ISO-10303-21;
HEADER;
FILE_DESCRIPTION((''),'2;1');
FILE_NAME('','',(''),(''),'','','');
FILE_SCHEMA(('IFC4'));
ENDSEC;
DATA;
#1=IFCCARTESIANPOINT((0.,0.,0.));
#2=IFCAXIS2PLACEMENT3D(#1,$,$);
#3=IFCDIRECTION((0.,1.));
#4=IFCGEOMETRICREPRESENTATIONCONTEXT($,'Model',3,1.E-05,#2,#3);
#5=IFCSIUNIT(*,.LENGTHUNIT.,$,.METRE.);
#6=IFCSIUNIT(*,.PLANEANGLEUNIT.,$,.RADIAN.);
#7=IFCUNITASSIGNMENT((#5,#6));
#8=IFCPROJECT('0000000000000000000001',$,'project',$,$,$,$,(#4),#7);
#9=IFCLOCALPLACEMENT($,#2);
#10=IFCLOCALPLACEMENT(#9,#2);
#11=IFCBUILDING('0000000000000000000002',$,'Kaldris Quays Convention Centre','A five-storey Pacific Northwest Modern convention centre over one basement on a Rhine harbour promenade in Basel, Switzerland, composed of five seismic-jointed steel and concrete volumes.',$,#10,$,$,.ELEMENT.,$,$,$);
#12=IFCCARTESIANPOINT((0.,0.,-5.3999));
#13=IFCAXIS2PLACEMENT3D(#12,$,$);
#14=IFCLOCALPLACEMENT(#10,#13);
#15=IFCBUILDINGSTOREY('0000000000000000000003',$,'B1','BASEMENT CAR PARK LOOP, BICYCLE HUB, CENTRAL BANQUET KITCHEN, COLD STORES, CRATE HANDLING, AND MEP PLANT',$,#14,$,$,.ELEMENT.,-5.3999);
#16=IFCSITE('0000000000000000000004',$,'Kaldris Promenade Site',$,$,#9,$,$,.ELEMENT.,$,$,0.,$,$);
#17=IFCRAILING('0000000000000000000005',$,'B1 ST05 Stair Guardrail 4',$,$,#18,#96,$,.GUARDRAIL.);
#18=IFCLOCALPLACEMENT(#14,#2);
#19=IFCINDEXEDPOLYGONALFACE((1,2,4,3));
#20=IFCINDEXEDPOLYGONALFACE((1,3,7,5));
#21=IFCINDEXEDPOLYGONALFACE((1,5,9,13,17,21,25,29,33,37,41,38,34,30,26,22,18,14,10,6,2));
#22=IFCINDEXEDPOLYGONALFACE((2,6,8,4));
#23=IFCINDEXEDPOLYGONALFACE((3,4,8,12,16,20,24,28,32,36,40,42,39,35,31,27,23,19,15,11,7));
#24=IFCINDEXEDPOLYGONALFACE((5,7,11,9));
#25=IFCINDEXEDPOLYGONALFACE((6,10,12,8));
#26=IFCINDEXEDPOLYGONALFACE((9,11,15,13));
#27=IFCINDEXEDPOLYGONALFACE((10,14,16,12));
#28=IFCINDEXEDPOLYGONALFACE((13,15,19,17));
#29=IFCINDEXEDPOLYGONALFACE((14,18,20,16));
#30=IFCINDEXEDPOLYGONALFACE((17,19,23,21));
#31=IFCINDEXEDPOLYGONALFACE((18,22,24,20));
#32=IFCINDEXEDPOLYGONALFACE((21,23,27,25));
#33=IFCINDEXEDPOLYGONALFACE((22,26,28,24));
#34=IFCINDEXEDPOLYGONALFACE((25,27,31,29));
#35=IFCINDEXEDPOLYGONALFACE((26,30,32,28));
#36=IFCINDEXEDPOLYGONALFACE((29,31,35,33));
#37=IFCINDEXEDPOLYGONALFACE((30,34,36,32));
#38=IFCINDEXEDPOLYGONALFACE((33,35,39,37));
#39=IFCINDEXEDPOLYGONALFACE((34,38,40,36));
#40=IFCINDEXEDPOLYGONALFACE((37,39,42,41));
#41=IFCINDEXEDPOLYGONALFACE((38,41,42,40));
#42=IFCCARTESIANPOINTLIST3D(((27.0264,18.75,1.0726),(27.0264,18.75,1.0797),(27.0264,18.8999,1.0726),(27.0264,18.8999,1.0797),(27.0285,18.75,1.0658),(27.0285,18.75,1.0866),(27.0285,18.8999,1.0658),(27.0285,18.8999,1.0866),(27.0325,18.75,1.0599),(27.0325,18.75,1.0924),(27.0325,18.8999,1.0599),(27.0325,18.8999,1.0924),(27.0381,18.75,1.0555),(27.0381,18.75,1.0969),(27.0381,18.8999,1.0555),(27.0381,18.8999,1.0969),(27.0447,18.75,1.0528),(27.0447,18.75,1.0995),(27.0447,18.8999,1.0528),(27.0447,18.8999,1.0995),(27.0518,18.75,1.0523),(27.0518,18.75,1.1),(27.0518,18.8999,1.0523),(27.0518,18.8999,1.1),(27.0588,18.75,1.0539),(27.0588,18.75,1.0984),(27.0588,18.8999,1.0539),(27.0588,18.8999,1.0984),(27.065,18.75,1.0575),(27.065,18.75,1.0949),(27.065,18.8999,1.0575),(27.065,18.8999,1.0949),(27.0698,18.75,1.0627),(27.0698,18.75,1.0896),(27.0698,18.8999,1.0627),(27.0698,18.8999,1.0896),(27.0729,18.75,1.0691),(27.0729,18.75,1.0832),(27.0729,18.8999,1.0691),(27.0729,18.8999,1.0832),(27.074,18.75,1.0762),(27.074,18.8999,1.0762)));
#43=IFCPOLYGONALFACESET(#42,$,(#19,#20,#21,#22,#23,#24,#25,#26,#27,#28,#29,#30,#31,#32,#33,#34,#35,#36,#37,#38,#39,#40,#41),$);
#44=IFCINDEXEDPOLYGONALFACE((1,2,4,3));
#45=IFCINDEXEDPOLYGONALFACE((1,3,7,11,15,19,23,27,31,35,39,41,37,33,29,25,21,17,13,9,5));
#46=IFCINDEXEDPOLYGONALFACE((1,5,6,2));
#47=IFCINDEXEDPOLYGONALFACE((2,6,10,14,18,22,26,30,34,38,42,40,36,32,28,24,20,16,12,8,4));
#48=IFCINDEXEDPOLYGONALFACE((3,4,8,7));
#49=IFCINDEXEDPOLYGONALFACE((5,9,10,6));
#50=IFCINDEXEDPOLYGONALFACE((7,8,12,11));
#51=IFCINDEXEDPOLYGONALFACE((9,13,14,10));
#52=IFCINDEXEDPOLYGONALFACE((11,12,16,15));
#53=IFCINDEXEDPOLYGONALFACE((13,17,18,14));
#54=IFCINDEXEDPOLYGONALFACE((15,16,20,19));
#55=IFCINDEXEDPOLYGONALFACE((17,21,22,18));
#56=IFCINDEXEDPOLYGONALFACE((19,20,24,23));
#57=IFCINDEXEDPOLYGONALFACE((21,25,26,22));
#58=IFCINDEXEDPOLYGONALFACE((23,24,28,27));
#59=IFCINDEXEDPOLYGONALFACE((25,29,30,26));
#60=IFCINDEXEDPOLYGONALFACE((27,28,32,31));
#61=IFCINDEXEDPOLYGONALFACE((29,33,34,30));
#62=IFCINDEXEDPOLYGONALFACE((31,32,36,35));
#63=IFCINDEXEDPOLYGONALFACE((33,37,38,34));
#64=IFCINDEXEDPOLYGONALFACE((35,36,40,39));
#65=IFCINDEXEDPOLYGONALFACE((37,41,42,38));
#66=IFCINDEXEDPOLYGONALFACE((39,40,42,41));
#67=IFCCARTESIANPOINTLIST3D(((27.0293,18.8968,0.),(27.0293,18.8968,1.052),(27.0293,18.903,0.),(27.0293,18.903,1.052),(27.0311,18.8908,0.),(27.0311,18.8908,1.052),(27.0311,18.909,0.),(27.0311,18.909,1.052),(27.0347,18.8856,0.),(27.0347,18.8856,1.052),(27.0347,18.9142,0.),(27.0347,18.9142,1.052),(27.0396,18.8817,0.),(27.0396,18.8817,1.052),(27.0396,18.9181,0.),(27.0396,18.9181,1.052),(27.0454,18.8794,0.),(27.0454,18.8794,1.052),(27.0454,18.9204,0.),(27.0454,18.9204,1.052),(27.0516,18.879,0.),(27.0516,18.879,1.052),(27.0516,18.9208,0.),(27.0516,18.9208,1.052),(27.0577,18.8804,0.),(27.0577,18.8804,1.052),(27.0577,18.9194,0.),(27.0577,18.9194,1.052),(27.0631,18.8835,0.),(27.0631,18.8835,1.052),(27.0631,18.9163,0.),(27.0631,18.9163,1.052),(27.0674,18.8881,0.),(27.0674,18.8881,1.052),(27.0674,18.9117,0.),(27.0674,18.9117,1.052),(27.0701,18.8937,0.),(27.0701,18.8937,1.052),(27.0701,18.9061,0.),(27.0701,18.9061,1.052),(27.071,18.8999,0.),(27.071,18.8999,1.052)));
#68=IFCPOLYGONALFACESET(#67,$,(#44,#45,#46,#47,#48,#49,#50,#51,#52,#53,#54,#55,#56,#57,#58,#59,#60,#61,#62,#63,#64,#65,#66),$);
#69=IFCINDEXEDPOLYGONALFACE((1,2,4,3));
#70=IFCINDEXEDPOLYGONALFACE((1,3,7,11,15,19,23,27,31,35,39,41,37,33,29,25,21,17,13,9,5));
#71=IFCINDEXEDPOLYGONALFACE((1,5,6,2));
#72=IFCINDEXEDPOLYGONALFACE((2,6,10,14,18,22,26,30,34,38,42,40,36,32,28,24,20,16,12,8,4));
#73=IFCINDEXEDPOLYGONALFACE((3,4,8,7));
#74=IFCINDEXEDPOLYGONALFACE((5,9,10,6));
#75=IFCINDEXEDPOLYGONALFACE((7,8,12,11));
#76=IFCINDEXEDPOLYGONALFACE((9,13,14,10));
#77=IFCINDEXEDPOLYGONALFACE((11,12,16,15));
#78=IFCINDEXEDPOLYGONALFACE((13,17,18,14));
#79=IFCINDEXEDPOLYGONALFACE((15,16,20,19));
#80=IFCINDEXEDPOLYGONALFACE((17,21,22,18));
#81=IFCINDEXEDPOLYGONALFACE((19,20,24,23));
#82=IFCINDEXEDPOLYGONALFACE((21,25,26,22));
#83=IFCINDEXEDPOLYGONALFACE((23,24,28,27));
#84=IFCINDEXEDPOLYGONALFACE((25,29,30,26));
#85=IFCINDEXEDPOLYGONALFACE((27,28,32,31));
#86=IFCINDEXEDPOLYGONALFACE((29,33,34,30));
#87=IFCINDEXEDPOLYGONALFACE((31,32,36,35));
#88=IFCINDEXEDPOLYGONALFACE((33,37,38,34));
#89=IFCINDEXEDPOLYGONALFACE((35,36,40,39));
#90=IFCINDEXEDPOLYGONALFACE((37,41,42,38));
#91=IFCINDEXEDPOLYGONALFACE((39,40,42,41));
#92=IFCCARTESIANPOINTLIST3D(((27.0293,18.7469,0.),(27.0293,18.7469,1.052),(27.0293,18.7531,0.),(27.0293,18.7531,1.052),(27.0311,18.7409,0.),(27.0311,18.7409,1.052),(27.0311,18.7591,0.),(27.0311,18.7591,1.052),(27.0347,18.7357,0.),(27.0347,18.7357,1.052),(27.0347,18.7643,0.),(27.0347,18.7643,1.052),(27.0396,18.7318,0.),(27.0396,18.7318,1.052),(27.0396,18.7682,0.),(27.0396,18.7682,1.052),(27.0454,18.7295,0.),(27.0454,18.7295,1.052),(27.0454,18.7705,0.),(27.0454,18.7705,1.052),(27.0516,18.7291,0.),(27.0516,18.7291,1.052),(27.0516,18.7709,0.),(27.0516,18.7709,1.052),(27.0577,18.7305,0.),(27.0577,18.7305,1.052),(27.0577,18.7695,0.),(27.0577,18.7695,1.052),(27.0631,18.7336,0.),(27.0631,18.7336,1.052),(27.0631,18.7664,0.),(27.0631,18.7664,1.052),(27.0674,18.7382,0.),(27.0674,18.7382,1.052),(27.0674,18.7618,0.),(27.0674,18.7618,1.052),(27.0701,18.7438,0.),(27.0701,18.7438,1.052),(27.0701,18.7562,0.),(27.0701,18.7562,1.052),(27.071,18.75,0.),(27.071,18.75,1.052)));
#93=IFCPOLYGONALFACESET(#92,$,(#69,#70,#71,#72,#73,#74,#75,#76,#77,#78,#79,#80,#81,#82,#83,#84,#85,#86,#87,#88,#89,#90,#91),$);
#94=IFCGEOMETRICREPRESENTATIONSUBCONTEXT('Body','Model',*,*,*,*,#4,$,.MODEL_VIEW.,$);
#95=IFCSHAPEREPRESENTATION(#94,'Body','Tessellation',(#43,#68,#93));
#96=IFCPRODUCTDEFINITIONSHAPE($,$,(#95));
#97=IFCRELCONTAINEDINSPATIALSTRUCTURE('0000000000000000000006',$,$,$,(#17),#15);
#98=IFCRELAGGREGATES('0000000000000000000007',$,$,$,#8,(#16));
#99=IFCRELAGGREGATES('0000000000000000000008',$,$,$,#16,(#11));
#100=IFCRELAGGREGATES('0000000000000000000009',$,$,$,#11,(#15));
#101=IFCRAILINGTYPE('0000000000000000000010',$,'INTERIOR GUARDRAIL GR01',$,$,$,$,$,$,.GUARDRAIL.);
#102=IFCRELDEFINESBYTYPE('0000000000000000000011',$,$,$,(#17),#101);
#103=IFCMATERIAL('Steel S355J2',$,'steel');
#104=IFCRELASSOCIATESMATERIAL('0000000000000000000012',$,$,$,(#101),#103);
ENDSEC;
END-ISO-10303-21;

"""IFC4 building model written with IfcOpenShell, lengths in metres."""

from ifc_helpers import new_model, si_unit, direction, frame, origin, origin_2d, place, context, subcontext, project, spatial, circle, extrude, material, type_object, element, save


model = new_model("IFC4")

# Units and contexts
model_context = context("Model", 3, precision=1e-05, world=origin(), true_north=direction((0.0, 1.0)))
body_context = subcontext(model_context, "Body", "Model", "MODEL_VIEW")
ifc_project = project(units=[si_unit("LENGTHUNIT", "METRE"), si_unit("PLANEANGLEUNIT", "RADIAN")], contexts=[model_context])

# Site, building, storey
site_placement = place(None, origin())
site = spatial("IfcSite", under=ifc_project, at=site_placement, Name="Kaldris Promenade Site", CompositionType="ELEMENT", RefElevation=0.0)
building_placement = place(site_placement, origin())
building = spatial("IfcBuilding", under=site, at=building_placement, Name="Kaldris Quays Convention Centre", Description="A five-storey Pacific Northwest Modern convention centre over one basement on a Rhine harbour promenade in Basel, Switzerland, composed of five seismic-jointed steel and concrete volumes.", CompositionType="ELEMENT")
storey_placement = place(building_placement, frame((0.0, 0.0, -5.3999)))
storey = spatial("IfcBuildingStorey", under=building, at=storey_placement, Name="B1", Description="BASEMENT CAR PARK LOOP, BICYCLE HUB, CENTRAL BANQUET KITCHEN, COLD STORES, CRATE HANDLING, AND MEP PLANT", CompositionType="ELEMENT", Elevation=-5.3999)

# Shared definitions
ifc_material_1 = material(Name="Steel S355J2", Category="steel")

# Railing
railing_type_1 = type_object("IfcRailingType", Name="INTERIOR GUARDRAIL GR01", PredefinedType="GUARDRAIL", material=ifc_material_1)
railing_1_placement = place(storey_placement, frame((27.05, 18.8999, 0.0)))
element("IfcRailing", 1, at=railing_1_placement, inside=storey, type_object=railing_type_1, Name="B1 ST05 Stair Guardrail 4", PredefinedType="GUARDRAIL", context=body_context, shape_type="SweptSolid", body=[
    extrude(circle(Radius=0.0239, at=origin_2d()), frame((0.0, 0.0, 1.0762), z_axis=(0.0, -1.0, 0.0), x_axis=(1.0, 0.0, 0.0)), (0.0, 0.0, 1.0), 0.1499),
    extrude(circle(Radius=0.021, at=origin_2d()), origin(), (0.0, 0.0, 1.0), 1.052),
    extrude(circle(Radius=0.021, at=origin_2d()), frame((0.0, -0.1499, 0.0)), (0.0, 0.0, 1.0), 1.052),
])

save(model, "model.ifc")
